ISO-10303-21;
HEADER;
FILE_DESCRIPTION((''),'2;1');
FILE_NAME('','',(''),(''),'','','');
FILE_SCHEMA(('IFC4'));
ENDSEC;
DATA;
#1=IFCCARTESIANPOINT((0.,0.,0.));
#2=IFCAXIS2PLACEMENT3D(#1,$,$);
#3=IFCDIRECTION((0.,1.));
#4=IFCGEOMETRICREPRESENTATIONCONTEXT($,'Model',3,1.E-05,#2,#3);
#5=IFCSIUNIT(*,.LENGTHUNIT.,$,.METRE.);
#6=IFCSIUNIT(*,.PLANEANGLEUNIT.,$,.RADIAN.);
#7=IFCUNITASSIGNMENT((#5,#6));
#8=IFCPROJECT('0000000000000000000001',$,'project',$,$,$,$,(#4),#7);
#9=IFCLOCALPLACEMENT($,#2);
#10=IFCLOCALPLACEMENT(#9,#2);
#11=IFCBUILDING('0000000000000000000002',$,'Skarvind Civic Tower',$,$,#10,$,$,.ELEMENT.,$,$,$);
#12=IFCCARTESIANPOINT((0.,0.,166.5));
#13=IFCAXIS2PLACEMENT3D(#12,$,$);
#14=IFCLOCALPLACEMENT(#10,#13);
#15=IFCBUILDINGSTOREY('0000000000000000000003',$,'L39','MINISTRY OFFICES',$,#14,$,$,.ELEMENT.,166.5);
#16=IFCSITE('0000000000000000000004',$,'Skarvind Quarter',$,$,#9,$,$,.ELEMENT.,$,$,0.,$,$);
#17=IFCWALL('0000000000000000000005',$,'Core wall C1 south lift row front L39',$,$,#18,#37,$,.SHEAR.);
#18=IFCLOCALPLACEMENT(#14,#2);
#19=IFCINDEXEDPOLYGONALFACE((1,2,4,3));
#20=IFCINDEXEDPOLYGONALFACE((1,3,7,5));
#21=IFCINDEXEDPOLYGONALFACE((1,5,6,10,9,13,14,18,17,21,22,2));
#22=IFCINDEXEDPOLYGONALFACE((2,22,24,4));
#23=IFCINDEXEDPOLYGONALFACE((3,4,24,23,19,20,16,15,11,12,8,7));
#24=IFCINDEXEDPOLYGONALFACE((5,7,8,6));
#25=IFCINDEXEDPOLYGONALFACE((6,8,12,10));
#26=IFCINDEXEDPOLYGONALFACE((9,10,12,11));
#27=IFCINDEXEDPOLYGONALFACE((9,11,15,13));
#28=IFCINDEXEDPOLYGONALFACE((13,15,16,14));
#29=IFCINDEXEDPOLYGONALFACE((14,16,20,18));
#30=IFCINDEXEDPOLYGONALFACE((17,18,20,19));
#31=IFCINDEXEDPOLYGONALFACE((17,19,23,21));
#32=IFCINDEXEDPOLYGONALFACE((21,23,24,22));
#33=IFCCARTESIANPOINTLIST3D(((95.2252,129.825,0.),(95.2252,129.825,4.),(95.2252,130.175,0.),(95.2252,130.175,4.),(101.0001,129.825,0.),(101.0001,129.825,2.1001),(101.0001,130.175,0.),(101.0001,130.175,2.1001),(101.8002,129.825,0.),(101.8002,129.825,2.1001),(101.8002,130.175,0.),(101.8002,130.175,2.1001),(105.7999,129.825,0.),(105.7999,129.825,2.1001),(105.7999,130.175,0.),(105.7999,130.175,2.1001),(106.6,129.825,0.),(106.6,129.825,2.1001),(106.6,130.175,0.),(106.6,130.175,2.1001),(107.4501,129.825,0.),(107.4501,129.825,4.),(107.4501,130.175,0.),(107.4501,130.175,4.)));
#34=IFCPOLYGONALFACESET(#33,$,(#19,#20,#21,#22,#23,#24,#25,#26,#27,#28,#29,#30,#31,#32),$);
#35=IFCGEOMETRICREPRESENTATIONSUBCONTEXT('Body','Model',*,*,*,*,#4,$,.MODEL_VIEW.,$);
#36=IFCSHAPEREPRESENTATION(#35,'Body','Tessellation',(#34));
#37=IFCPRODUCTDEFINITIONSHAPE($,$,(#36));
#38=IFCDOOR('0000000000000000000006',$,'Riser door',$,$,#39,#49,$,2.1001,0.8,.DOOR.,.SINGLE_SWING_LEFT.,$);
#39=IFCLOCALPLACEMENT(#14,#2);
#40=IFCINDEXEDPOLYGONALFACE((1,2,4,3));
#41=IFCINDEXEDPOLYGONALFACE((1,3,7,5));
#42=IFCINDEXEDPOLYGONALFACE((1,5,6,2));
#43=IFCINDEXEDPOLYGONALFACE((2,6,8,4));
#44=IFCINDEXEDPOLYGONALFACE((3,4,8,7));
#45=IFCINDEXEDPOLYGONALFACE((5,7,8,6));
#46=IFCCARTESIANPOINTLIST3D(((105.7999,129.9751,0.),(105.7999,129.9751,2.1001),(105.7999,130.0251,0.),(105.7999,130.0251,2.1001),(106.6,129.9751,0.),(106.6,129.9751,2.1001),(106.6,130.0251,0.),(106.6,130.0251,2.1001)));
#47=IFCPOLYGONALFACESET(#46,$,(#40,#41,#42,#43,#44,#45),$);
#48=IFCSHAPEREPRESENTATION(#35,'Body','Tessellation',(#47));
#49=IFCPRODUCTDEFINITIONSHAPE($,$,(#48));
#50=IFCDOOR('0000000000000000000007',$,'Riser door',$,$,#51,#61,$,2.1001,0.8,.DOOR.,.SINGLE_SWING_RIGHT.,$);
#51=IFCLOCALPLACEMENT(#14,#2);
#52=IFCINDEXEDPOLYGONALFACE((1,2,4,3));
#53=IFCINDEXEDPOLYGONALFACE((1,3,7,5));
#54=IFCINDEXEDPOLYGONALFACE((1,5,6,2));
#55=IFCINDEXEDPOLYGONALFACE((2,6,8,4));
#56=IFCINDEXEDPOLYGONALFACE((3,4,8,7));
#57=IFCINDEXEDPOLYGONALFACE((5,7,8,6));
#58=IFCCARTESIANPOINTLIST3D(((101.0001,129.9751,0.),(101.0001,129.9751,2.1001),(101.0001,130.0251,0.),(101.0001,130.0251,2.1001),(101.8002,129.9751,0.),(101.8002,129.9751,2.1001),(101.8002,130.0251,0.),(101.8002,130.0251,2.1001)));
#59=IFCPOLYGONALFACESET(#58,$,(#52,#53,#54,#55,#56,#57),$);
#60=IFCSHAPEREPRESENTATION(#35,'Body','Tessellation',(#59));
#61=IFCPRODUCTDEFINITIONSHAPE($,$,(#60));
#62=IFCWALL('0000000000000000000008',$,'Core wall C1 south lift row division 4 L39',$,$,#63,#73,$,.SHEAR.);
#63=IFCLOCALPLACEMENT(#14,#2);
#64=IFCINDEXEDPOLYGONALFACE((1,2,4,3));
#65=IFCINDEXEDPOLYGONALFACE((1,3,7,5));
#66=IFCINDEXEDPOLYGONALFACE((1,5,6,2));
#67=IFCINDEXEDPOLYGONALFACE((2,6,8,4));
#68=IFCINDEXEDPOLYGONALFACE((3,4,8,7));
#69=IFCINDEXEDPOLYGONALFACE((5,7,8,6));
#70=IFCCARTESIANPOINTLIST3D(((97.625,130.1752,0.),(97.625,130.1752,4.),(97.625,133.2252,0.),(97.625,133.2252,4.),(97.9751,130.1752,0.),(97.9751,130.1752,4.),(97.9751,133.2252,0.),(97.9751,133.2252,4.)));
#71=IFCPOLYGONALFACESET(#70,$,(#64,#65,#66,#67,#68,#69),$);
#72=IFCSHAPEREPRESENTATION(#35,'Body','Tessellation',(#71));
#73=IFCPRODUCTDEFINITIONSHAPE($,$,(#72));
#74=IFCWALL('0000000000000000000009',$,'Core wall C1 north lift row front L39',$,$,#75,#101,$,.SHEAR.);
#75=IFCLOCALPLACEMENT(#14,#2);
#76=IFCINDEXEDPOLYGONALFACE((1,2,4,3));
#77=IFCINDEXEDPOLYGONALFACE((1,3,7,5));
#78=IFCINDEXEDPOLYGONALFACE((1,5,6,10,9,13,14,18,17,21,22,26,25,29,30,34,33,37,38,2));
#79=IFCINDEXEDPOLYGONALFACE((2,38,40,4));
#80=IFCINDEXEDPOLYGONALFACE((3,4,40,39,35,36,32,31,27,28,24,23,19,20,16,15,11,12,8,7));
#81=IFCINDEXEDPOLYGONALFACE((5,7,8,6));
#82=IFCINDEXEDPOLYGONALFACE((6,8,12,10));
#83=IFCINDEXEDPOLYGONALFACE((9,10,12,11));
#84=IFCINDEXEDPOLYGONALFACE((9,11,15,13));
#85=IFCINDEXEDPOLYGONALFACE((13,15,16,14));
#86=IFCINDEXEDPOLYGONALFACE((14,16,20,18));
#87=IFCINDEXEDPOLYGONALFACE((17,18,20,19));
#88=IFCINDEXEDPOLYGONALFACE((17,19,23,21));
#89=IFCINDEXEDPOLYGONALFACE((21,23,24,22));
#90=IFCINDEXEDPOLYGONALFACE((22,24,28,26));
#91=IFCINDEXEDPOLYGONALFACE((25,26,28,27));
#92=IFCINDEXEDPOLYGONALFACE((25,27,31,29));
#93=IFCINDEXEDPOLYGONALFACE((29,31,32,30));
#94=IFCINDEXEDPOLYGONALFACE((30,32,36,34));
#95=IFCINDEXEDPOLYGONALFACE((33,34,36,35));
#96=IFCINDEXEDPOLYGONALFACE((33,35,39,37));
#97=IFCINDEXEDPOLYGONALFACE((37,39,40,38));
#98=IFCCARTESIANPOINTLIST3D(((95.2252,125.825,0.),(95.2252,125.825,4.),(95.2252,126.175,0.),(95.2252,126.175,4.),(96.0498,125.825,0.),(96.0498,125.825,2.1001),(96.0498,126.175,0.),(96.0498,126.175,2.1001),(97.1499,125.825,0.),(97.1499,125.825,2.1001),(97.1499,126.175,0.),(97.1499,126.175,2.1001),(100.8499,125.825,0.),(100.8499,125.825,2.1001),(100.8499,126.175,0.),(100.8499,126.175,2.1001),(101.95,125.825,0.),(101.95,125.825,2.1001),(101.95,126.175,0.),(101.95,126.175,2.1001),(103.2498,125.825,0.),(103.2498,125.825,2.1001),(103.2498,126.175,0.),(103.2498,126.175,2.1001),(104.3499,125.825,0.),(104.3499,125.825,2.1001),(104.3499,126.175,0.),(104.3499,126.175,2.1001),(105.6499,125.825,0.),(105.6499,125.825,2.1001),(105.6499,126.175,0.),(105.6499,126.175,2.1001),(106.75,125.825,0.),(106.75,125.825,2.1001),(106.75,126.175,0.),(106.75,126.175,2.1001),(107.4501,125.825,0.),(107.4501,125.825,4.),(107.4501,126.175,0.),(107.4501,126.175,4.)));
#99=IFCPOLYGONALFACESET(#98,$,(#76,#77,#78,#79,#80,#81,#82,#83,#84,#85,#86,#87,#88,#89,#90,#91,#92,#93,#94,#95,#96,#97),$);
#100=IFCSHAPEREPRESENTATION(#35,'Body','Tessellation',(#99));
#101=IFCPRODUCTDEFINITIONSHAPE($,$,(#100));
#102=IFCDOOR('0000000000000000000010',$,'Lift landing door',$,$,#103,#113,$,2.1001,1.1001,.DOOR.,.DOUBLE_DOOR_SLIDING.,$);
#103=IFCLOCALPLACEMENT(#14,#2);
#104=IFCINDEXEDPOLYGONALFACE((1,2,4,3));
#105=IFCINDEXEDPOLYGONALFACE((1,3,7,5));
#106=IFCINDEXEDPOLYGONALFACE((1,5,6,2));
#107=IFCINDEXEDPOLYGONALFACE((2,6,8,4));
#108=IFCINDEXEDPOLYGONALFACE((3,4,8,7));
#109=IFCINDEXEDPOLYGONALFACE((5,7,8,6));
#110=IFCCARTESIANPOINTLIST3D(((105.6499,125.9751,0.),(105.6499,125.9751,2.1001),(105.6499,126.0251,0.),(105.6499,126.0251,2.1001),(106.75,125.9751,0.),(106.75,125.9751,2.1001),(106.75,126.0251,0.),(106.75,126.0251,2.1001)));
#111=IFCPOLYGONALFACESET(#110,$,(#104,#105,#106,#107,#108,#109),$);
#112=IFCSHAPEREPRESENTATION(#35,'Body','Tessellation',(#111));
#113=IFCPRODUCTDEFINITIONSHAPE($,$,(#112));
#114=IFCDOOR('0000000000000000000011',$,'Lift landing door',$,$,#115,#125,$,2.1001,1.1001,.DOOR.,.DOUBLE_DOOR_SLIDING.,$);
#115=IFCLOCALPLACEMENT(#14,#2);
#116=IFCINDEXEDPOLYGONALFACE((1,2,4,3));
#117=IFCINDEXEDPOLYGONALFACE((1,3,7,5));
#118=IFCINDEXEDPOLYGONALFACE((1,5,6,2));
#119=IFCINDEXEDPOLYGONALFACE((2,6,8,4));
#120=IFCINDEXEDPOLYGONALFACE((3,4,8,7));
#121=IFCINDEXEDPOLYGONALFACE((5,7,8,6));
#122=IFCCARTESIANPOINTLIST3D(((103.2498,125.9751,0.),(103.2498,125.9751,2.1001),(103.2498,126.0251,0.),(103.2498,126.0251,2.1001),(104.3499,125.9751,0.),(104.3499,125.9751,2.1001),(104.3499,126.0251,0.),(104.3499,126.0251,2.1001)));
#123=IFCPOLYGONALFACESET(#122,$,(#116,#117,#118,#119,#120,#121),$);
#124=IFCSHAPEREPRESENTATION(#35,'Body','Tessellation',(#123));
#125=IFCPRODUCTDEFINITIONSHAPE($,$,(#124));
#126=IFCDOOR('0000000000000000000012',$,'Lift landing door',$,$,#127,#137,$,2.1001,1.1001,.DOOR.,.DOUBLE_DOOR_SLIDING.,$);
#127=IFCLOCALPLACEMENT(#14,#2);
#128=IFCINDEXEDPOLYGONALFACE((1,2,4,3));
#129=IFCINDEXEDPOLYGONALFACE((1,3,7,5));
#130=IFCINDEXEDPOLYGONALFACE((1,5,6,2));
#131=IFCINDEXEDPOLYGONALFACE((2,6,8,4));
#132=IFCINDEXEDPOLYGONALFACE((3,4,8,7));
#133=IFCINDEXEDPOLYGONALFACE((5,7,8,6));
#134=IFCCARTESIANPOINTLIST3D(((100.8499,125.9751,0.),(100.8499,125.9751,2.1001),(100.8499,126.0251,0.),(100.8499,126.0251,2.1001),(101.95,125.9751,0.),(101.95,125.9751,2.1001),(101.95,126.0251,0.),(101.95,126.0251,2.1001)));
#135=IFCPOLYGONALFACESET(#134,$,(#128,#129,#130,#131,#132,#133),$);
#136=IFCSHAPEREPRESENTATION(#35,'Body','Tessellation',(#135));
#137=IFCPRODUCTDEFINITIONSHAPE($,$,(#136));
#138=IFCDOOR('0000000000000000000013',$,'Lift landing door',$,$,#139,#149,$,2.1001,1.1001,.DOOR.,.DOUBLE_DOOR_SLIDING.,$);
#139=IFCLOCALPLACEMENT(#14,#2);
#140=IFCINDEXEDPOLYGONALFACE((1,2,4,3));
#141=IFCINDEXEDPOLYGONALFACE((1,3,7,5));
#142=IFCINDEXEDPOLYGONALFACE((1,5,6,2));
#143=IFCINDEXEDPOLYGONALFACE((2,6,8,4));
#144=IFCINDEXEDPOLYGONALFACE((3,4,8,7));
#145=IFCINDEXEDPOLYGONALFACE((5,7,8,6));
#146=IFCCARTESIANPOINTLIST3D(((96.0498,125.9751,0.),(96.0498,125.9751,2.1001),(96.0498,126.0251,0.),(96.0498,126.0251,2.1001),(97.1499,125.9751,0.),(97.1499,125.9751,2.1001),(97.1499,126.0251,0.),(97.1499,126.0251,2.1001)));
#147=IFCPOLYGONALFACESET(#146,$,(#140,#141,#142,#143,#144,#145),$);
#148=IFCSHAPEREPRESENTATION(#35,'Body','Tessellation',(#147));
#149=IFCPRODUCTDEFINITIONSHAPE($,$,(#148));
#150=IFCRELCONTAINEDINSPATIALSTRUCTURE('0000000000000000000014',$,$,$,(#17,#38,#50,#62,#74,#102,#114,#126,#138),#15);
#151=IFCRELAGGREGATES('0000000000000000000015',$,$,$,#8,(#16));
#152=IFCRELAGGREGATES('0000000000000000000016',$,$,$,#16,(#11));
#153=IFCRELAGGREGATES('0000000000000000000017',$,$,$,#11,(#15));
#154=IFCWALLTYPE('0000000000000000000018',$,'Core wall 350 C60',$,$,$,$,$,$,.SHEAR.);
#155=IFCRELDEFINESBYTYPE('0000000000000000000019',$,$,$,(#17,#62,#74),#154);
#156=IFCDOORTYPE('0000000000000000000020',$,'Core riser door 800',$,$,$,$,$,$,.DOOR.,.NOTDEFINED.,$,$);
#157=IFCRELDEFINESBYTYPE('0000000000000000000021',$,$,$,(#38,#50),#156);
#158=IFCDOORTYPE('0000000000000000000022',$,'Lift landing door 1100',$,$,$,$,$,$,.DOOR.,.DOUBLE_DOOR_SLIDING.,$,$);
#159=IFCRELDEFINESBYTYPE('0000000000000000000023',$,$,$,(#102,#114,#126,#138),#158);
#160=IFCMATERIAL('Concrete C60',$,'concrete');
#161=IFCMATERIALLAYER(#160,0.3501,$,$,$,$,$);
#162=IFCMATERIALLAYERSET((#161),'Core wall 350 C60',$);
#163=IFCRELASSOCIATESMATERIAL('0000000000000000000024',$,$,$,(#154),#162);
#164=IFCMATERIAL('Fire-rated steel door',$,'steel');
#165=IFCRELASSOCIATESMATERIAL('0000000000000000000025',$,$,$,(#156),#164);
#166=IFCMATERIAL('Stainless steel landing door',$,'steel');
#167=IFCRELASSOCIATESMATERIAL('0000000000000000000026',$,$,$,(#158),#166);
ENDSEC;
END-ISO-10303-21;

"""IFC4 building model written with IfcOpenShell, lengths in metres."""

from ifc_helpers import new_model, si_unit, direction, frame, frame_2d, origin, place, context, subcontext, project, spatial, rectangle, extrude, material, layer, layer_set, type_object, element, fill, save


model = new_model("IFC4")

# Units and contexts
model_context = context("Model", 3, precision=1e-05, world=origin(), true_north=direction((0.0, 1.0)))
body_context = subcontext(model_context, "Body", "Model", "MODEL_VIEW")
ifc_project = project(units=[si_unit("LENGTHUNIT", "METRE"), si_unit("PLANEANGLEUNIT", "RADIAN")], contexts=[model_context])

# Site, building, storey
site_placement = place(None, origin())
site = spatial("IfcSite", under=ifc_project, at=site_placement, Name="Skarvind Quarter", CompositionType="ELEMENT", RefElevation=0.0)
building_placement = place(site_placement, origin())
building = spatial("IfcBuilding", under=site, at=building_placement, Name="Skarvind Civic Tower", CompositionType="ELEMENT")
storey_placement = place(building_placement, frame((0.0, 0.0, 166.5)))
storey = spatial("IfcBuildingStorey", under=building, at=storey_placement, Name="L39", Description="MINISTRY OFFICES", CompositionType="ELEMENT", Elevation=166.5)

# Wall, openings, doors
ifc_material_1 = material(Name="Concrete C60", Category="concrete")
ifc_layer_1 = layer(ifc_material_1, 0.3501)
ifc_layer_set_1 = layer_set([ifc_layer_1], Name="Core wall 350 C60")
wall_type_1 = type_object("IfcWallType", Name="Core wall 350 C60", PredefinedType="SHEAR", material=ifc_layer_set_1)
wall_1_placement = place(storey_placement, frame((107.45, 130.0, 0.0), z_axis=(0.0, 0.0, 1.0), x_axis=(-1.0, 0.0, 0.0)))
wall_1 = element("IfcWall", 1, at=wall_1_placement, inside=storey, type_object=wall_type_1, Name="Core wall C1 south lift row front L39", PredefinedType="SHEAR", context=body_context, shape_type="SweptSolid", body=[
    extrude(rectangle(XDim=12.2249, YDim=0.3501, at=frame_2d((6.1123, 0.0))), origin(), (0.0, 0.0, 1.0), 4.0),
])
opening_1_placement = place(wall_1_placement, frame((0.8501, 0.0, 0.0)))
opening_1 = element("IfcOpeningElement", 2, at=opening_1_placement, cuts=wall_1, PredefinedType="OPENING", context=body_context, shape_type="SweptSolid", body=[
    extrude(rectangle(XDim=0.8, YDim=2.1001, at=frame_2d((0.3999, 1.05))), frame((0.0, 0.1851, 0.0), z_axis=(0.0, -1.0, 0.0), x_axis=(1.0, 0.0, 0.0)), (0.0, 0.0, 1.0), 0.3701),
])
opening_2_placement = place(wall_1_placement, frame((5.6499, 0.0, 0.0)))
opening_2 = element("IfcOpeningElement", 3, at=opening_2_placement, cuts=wall_1, PredefinedType="OPENING", context=body_context, shape_type="SweptSolid", body=[
    extrude(rectangle(XDim=0.8, YDim=2.1001, at=frame_2d((0.3999, 1.05))), frame((0.0, 0.1851, 0.0), z_axis=(0.0, -1.0, 0.0), x_axis=(1.0, 0.0, 0.0)), (0.0, 0.0, 1.0), 0.3701),
])
ifc_material_2 = material(Name="Fire-rated steel door", Category="steel")
door_type_1 = type_object("IfcDoorType", Name="Core riser door 800", OperationType="NOTDEFINED", PredefinedType="DOOR", material=ifc_material_2)
door_1_placement = place(opening_1_placement, origin())
door_1 = element("IfcDoor", 4, at=door_1_placement, inside=storey, type_object=door_type_1, Name="Riser door", OperationType="SINGLE_SWING_LEFT", OverallHeight=2.1001, OverallWidth=0.8, PredefinedType="DOOR", context=body_context, shape_type="SweptSolid", body=[
    extrude(rectangle(XDim=0.8, YDim=2.1001, at=frame_2d((0.3999, 1.05))), frame((0.0, 0.0249, 0.0), z_axis=(0.0, -1.0, 0.0), x_axis=(1.0, 0.0, 0.0)), (0.0, 0.0, 1.0), 0.05),
])
fill(opening_1, door_1)
door_2_placement = place(opening_2_placement, origin())
door_2 = element("IfcDoor", 5, at=door_2_placement, inside=storey, type_object=door_type_1, Name="Riser door", OperationType="SINGLE_SWING_RIGHT", OverallHeight=2.1001, OverallWidth=0.8, PredefinedType="DOOR", context=body_context, shape_type="SweptSolid", body=[
    extrude(rectangle(XDim=0.8, YDim=2.1001, at=frame_2d((0.3999, 1.05))), frame((0.0, 0.0249, 0.0), z_axis=(0.0, -1.0, 0.0), x_axis=(1.0, 0.0, 0.0)), (0.0, 0.0, 1.0), 0.05),
])
fill(opening_2, door_2)

# Wall
wall_2_placement = place(storey_placement, frame((97.8, 133.2251, 0.0), z_axis=(0.0, 0.0, 1.0), x_axis=(0.0, -1.0, 0.0)))
element("IfcWall", 6, at=wall_2_placement, inside=storey, type_object=wall_type_1, Name="Core wall C1 south lift row division 4 L39", PredefinedType="SHEAR", context=body_context, shape_type="SweptSolid", body=[
    extrude(rectangle(XDim=3.05, YDim=0.3501, at=frame_2d((1.5249, 0.0))), origin(), (0.0, 0.0, 1.0), 4.0),
])

# Wall, openings, doors
wall_3_placement = place(storey_placement, frame((107.45, 126.0, 0.0), z_axis=(0.0, 0.0, 1.0), x_axis=(-1.0, 0.0, 0.0)))
wall_3 = element("IfcWall", 7, at=wall_3_placement, inside=storey, type_object=wall_type_1, Name="Core wall C1 north lift row front L39", PredefinedType="SHEAR", context=body_context, shape_type="SweptSolid", body=[
    extrude(rectangle(XDim=12.2249, YDim=0.3501, at=frame_2d((6.1123, 0.0))), origin(), (0.0, 0.0, 1.0), 4.0),
])
opening_3_placement = place(wall_3_placement, frame((0.7, 0.0, 0.0)))
opening_3 = element("IfcOpeningElement", 8, at=opening_3_placement, cuts=wall_3, PredefinedType="OPENING", context=body_context, shape_type="SweptSolid", body=[
    extrude(rectangle(XDim=1.1001, YDim=2.1001, at=frame_2d((0.55, 1.05))), frame((0.0, 0.1851, 0.0), z_axis=(0.0, -1.0, 0.0), x_axis=(1.0, 0.0, 0.0)), (0.0, 0.0, 1.0), 0.3701),
])
opening_4_placement = place(wall_3_placement, frame((3.1001, 0.0, 0.0)))
opening_4 = element("IfcOpeningElement", 9, at=opening_4_placement, cuts=wall_3, PredefinedType="OPENING", context=body_context, shape_type="SweptSolid", body=[
    extrude(rectangle(XDim=1.1001, YDim=2.1001, at=frame_2d((0.55, 1.05))), frame((0.0, 0.1851, 0.0), z_axis=(0.0, -1.0, 0.0), x_axis=(1.0, 0.0, 0.0)), (0.0, 0.0, 1.0), 0.3701),
])
opening_5_placement = place(wall_3_placement, frame((5.5, 0.0, 0.0)))
opening_5 = element("IfcOpeningElement", 10, at=opening_5_placement, cuts=wall_3, PredefinedType="OPENING", context=body_context, shape_type="SweptSolid", body=[
    extrude(rectangle(XDim=1.1001, YDim=2.1001, at=frame_2d((0.55, 1.05))), frame((0.0, 0.1851, 0.0), z_axis=(0.0, -1.0, 0.0), x_axis=(1.0, 0.0, 0.0)), (0.0, 0.0, 1.0), 0.3701),
])
opening_6_placement = place(wall_3_placement, frame((10.3, 0.0, 0.0)))
opening_6 = element("IfcOpeningElement", 11, at=opening_6_placement, cuts=wall_3, PredefinedType="OPENING", context=body_context, shape_type="SweptSolid", body=[
    extrude(rectangle(XDim=1.1001, YDim=2.1001, at=frame_2d((0.55, 1.05))), frame((0.0, 0.1851, 0.0), z_axis=(0.0, -1.0, 0.0), x_axis=(1.0, 0.0, 0.0)), (0.0, 0.0, 1.0), 0.3701),
])
ifc_material_3 = material(Name="Stainless steel landing door", Category="steel")
door_type_2 = type_object("IfcDoorType", Name="Lift landing door 1100", OperationType="DOUBLE_DOOR_SLIDING", PredefinedType="DOOR", material=ifc_material_3)
door_3_placement = place(opening_3_placement, origin())
door_3 = element("IfcDoor", 12, at=door_3_placement, inside=storey, type_object=door_type_2, Name="Lift landing door", OperationType="DOUBLE_DOOR_SLIDING", OverallHeight=2.1001, OverallWidth=1.1001, PredefinedType="DOOR", context=body_context, shape_type="SweptSolid", body=[
    extrude(rectangle(XDim=1.1001, YDim=2.1001, at=frame_2d((0.55, 1.05))), frame((0.0, 0.0249, 0.0), z_axis=(0.0, -1.0, 0.0), x_axis=(1.0, 0.0, 0.0)), (0.0, 0.0, 1.0), 0.05),
])
fill(opening_3, door_3)
door_4_placement = place(opening_4_placement, origin())
door_4 = element("IfcDoor", 13, at=door_4_placement, inside=storey, type_object=door_type_2, Name="Lift landing door", OperationType="DOUBLE_DOOR_SLIDING", OverallHeight=2.1001, OverallWidth=1.1001, PredefinedType="DOOR", context=body_context, shape_type="SweptSolid", body=[
    extrude(rectangle(XDim=1.1001, YDim=2.1001, at=frame_2d((0.55, 1.05))), frame((0.0, 0.0249, 0.0), z_axis=(0.0, -1.0, 0.0), x_axis=(1.0, 0.0, 0.0)), (0.0, 0.0, 1.0), 0.05),
])
fill(opening_4, door_4)
door_5_placement = place(opening_5_placement, origin())
door_5 = element("IfcDoor", 14, at=door_5_placement, inside=storey, type_object=door_type_2, Name="Lift landing door", OperationType="DOUBLE_DOOR_SLIDING", OverallHeight=2.1001, OverallWidth=1.1001, PredefinedType="DOOR", context=body_context, shape_type="SweptSolid", body=[
    extrude(rectangle(XDim=1.1001, YDim=2.1001, at=frame_2d((0.55, 1.05))), frame((0.0, 0.0249, 0.0), z_axis=(0.0, -1.0, 0.0), x_axis=(1.0, 0.0, 0.0)), (0.0, 0.0, 1.0), 0.05),
])
fill(opening_5, door_5)
door_6_placement = place(opening_6_placement, origin())
door_6 = element("IfcDoor", 15, at=door_6_placement, inside=storey, type_object=door_type_2, Name="Lift landing door", OperationType="DOUBLE_DOOR_SLIDING", OverallHeight=2.1001, OverallWidth=1.1001, PredefinedType="DOOR", context=body_context, shape_type="SweptSolid", body=[
    extrude(rectangle(XDim=1.1001, YDim=2.1001, at=frame_2d((0.55, 1.05))), frame((0.0, 0.0249, 0.0), z_axis=(0.0, -1.0, 0.0), x_axis=(1.0, 0.0, 0.0)), (0.0, 0.0, 1.0), 0.05),
])
fill(opening_6, door_6)

save(model, "model.ifc")
